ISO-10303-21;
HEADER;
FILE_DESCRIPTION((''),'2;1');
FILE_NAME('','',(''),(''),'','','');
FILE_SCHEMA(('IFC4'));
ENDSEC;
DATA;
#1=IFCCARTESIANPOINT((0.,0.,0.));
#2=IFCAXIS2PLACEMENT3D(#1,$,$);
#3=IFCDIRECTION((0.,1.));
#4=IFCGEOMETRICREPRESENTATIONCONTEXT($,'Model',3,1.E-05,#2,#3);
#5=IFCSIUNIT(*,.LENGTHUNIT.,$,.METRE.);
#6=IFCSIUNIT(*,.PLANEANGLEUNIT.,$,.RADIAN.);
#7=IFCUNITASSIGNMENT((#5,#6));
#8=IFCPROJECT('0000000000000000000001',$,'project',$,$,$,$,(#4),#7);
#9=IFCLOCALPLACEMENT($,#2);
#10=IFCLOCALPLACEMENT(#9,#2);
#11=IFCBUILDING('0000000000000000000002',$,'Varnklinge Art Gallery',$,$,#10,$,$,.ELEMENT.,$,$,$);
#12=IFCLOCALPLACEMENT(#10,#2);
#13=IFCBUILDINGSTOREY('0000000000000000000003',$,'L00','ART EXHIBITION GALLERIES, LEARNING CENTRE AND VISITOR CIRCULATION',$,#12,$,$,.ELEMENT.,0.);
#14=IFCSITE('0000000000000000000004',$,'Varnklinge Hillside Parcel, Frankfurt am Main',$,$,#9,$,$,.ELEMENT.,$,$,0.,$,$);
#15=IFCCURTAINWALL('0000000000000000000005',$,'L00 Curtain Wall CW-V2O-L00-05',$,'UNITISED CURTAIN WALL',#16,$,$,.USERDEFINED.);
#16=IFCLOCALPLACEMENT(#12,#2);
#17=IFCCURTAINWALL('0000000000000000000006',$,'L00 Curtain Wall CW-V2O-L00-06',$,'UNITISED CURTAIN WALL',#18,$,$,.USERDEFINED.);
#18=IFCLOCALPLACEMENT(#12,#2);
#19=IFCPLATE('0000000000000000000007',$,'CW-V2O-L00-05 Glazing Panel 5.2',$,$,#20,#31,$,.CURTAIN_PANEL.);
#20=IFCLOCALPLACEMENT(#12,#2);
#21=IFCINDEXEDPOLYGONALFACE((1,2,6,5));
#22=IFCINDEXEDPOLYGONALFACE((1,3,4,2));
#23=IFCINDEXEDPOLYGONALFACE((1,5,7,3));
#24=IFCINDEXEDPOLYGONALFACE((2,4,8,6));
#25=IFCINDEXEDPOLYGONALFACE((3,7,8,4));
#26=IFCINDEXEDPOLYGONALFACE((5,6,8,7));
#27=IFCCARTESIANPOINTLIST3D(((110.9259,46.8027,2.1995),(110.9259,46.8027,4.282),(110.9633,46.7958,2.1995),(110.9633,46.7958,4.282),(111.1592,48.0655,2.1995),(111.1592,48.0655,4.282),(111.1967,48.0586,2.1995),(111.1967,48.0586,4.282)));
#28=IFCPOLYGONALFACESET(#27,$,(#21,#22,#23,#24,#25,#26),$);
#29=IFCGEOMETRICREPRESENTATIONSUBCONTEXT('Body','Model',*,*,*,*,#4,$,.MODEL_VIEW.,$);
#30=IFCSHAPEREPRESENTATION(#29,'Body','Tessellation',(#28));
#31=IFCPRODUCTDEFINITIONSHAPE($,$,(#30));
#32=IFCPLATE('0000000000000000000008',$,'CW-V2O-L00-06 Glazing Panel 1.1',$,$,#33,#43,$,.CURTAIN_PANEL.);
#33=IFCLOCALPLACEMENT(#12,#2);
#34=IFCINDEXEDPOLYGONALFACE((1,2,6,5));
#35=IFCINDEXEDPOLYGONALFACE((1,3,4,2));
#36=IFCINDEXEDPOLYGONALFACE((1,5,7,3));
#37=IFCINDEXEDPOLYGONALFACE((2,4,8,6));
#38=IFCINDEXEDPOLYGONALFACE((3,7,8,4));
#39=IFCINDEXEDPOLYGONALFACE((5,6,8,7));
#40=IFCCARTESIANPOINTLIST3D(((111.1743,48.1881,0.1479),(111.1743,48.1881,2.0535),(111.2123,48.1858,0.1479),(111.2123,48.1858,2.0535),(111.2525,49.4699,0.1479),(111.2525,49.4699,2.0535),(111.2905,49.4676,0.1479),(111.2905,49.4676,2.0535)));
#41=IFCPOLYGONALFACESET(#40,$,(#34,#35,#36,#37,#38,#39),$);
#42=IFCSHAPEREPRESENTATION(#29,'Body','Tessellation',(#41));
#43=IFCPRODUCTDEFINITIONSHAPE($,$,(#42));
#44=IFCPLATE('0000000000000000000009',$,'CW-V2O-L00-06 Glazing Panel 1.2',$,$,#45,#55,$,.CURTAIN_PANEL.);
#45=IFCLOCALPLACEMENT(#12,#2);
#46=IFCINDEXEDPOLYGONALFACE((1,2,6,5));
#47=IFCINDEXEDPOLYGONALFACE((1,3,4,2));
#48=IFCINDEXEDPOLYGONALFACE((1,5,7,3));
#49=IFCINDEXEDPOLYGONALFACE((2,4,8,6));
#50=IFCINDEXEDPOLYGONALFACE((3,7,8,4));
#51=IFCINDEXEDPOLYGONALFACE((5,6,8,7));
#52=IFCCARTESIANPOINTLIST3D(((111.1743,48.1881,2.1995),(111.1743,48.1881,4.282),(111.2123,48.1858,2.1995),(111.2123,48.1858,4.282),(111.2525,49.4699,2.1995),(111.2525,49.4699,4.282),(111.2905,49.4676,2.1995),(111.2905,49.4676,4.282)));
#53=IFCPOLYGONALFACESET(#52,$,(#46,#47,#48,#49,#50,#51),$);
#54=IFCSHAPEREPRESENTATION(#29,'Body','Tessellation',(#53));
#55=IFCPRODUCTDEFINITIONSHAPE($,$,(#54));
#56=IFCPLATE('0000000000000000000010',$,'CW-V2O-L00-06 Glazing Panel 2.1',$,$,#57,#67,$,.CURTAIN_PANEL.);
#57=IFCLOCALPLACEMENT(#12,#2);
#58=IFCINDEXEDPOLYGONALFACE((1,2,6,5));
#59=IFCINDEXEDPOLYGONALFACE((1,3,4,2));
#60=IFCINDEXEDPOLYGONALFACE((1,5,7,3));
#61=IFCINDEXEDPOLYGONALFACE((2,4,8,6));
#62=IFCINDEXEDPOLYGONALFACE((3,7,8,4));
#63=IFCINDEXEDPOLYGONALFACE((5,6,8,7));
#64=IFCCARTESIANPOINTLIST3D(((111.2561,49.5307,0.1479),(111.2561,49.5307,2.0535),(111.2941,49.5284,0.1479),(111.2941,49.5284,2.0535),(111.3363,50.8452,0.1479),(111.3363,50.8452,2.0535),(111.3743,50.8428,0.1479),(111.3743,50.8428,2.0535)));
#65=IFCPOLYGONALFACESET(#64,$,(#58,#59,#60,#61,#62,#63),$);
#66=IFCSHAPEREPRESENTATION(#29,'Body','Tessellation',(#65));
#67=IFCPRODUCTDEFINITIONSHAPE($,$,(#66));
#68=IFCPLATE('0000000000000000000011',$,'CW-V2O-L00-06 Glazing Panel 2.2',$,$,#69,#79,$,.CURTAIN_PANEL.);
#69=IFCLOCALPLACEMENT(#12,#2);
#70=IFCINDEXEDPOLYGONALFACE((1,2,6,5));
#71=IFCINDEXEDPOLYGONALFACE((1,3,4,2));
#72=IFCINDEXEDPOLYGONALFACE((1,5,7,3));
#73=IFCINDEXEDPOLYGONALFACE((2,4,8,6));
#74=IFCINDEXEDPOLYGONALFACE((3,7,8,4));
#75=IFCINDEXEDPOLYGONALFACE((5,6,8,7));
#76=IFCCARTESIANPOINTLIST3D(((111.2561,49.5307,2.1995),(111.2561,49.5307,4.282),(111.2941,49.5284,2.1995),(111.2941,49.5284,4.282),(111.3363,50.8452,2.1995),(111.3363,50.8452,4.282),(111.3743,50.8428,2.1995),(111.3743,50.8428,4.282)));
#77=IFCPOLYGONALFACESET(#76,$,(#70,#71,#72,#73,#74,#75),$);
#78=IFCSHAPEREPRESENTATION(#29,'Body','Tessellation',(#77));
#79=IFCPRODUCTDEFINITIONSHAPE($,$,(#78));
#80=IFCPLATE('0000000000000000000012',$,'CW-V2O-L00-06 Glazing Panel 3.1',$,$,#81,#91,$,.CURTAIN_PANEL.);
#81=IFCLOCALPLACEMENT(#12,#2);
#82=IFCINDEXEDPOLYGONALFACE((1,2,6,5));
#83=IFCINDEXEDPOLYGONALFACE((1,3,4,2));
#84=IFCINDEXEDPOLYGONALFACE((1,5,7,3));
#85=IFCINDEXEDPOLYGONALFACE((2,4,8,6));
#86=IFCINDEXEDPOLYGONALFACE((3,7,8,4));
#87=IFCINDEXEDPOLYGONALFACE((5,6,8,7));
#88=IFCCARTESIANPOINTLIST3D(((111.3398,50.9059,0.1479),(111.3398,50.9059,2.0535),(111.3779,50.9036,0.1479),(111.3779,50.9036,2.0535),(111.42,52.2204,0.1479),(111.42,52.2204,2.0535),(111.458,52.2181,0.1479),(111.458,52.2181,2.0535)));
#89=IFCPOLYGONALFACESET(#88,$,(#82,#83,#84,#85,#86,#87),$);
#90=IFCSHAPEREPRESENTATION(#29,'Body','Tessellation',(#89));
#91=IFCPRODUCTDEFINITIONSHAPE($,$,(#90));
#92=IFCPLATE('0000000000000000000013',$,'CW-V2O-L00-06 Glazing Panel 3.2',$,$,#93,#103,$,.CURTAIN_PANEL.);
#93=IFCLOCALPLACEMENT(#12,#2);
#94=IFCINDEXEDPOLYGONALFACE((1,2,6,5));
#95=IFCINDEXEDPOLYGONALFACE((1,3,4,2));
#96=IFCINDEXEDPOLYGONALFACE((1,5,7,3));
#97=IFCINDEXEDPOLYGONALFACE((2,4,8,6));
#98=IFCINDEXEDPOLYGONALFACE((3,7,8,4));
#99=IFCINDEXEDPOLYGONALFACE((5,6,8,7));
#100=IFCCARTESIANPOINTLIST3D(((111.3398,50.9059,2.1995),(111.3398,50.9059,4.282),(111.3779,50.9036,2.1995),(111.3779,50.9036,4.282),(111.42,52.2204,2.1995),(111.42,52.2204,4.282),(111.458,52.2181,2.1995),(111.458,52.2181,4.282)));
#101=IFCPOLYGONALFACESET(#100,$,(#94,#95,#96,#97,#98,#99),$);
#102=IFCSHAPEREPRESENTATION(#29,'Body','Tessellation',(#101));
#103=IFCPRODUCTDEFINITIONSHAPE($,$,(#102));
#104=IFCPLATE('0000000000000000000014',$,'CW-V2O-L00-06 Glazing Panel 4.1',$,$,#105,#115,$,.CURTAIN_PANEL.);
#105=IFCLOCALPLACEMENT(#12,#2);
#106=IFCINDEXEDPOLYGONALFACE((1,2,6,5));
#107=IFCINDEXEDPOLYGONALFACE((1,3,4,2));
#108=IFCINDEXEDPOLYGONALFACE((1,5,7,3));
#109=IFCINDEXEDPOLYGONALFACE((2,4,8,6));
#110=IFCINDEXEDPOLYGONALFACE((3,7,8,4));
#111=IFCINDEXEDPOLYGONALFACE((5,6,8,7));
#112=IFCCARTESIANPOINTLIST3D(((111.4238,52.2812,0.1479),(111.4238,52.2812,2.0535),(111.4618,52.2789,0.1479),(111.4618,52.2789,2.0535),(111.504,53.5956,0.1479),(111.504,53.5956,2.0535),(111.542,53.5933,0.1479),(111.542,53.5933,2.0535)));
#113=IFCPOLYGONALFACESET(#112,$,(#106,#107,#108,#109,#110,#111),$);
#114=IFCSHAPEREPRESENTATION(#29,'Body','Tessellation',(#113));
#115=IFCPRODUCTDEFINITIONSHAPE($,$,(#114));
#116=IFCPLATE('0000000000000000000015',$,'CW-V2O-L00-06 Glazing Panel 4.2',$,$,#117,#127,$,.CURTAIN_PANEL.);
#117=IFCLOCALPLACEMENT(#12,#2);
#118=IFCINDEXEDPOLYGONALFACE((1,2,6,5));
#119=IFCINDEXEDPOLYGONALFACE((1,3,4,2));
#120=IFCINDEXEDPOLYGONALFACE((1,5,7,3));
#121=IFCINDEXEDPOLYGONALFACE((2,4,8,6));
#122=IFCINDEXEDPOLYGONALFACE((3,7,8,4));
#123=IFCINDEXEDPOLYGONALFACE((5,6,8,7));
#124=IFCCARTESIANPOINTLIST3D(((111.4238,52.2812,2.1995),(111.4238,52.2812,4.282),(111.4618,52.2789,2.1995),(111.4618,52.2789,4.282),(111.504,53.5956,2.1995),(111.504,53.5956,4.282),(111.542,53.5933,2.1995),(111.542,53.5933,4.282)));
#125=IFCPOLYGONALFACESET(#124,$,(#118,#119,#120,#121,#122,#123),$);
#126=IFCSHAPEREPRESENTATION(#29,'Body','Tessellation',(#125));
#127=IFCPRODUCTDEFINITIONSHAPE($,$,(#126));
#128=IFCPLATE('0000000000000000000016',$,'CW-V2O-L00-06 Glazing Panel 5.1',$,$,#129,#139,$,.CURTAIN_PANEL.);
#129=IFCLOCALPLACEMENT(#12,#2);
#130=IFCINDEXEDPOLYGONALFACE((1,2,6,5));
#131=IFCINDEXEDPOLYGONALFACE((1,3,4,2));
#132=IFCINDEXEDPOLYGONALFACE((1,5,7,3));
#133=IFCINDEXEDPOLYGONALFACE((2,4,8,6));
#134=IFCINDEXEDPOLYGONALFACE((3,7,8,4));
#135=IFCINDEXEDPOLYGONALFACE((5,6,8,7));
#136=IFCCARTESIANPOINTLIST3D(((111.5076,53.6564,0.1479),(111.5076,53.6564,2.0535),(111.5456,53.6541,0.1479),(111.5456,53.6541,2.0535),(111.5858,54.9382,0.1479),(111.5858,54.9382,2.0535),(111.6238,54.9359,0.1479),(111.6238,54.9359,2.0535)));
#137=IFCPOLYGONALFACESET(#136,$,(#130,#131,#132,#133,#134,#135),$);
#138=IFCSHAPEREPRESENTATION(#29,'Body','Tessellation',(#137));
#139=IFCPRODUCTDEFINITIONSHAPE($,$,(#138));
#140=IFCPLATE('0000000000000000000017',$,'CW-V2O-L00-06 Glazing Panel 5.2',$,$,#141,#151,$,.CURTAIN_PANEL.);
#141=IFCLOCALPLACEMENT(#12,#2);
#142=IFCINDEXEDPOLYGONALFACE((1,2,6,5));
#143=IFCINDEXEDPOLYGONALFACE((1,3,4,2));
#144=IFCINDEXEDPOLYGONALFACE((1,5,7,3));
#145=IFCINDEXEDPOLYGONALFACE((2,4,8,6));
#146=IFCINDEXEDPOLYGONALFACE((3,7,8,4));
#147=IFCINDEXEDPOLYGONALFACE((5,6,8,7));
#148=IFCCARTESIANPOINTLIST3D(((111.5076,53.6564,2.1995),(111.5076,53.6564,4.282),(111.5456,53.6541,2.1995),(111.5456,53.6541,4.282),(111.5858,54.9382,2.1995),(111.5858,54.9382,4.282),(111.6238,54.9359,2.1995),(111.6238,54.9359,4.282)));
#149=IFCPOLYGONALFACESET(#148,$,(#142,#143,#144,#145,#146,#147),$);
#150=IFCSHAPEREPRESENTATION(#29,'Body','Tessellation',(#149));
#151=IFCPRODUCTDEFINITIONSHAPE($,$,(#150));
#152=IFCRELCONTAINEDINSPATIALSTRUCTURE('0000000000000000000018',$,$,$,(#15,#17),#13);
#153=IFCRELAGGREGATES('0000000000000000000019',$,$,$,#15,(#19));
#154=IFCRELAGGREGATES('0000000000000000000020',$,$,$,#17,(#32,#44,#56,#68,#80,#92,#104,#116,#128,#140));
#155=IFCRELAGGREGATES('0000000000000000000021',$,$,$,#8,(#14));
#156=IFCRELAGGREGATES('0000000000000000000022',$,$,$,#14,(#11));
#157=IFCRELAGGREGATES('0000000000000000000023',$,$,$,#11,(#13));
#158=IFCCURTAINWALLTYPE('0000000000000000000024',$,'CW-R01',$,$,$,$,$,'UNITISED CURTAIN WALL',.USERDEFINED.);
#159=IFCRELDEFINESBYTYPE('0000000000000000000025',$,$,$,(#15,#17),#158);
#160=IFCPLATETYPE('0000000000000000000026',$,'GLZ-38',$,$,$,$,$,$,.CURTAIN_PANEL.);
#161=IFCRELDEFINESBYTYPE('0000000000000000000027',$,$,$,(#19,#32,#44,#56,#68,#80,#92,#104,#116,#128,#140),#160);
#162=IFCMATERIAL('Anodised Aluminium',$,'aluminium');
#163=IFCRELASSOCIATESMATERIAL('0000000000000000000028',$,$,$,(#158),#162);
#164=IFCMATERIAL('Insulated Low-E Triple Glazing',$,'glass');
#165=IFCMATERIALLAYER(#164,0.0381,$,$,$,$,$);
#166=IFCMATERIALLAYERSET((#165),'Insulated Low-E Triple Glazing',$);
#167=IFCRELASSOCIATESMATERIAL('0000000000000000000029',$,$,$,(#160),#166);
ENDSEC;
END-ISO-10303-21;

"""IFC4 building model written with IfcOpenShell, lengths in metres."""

from ifc_helpers import new_model, si_unit, direction, frame, origin, origin_2d, place, context, subcontext, project, spatial, rectangle, extrude, material, layer, layer_set, type_object, element, aggregate, save


model = new_model("IFC4")

# Units and contexts
model_context = context("Model", 3, precision=1e-05, world=origin(), true_north=direction((0.0, 1.0)))
body_context = subcontext(model_context, "Body", "Model", "MODEL_VIEW")
ifc_project = project(units=[si_unit("LENGTHUNIT", "METRE"), si_unit("PLANEANGLEUNIT", "RADIAN")], contexts=[model_context])

# Site, building, storey
site_placement = place(None, origin())
site = spatial("IfcSite", under=ifc_project, at=site_placement, Name="Varnklinge Hillside Parcel, Frankfurt am Main", CompositionType="ELEMENT", RefElevation=0.0)
building_placement = place(site_placement, origin())
building = spatial("IfcBuilding", under=site, at=building_placement, Name="Varnklinge Art Gallery", CompositionType="ELEMENT")
storey_placement = place(building_placement, origin())
storey = spatial("IfcBuildingStorey", under=building, at=storey_placement, Name="L00", Description="ART EXHIBITION GALLERIES, LEARNING CENTRE AND VISITOR CIRCULATION", CompositionType="ELEMENT", Elevation=0.0)

# Curtain wall
ifc_material_1 = material(Name="Anodised Aluminium", Category="aluminium")
curtain_wall_type = type_object("IfcCurtainWallType", Name="CW-R01", ElementType="UNITISED CURTAIN WALL", PredefinedType="USERDEFINED", material=ifc_material_1)
curtain_wall_1_placement = place(storey_placement, origin())
curtain_wall_1 = element("IfcCurtainWall", 1, at=curtain_wall_1_placement, inside=storey, type_object=curtain_wall_type, Name="L00 Curtain Wall CW-V2O-L00-05", ObjectType="UNITISED CURTAIN WALL", PredefinedType="USERDEFINED")

# Curtain wall
curtain_wall_2_placement = place(storey_placement, origin())
curtain_wall_2 = element("IfcCurtainWall", 2, at=curtain_wall_2_placement, inside=storey, type_object=curtain_wall_type, Name="L00 Curtain Wall CW-V2O-L00-06", ObjectType="UNITISED CURTAIN WALL", PredefinedType="USERDEFINED")

# Plates
ifc_material_2 = material(Name="Insulated Low-E Triple Glazing", Category="glass")
ifc_layer = layer(ifc_material_2, 0.0381)
ifc_layer_set = layer_set([ifc_layer], Name="Insulated Low-E Triple Glazing")
plate_type = type_object("IfcPlateType", Name="GLZ-38", PredefinedType="CURTAIN_PANEL", material=ifc_layer_set)
plate_1_placement = place(storey_placement, frame((111.0613, 47.4307, 2.1995), z_axis=(0.0, 0.0, 1.0), x_axis=(0.181721, 0.98335, 0.0)))
plate_1 = element("IfcPlate", 3, at=plate_1_placement, type_object=plate_type, Name="CW-V2O-L00-05 Glazing Panel 5.2", PredefinedType="CURTAIN_PANEL", context=body_context, shape_type="SweptSolid", body=[
    extrude(rectangle(XDim=1.2842, YDim=0.0381, at=origin_2d()), origin(), (0.0, 0.0, 1.0), 2.0825),
])
aggregate(curtain_wall_1, [plate_1])
plate_2_placement = place(storey_placement, frame((111.2324, 48.8279, 0.1479), z_axis=(0.0, 0.0, 1.0), x_axis=(0.060874, 0.998145, 0.0)))
plate_2 = element("IfcPlate", 4, at=plate_2_placement, type_object=plate_type, Name="CW-V2O-L00-06 Glazing Panel 1.1", PredefinedType="CURTAIN_PANEL", context=body_context, shape_type="SweptSolid", body=[
    extrude(rectangle(XDim=1.2842, YDim=0.0381, at=origin_2d()), origin(), (0.0, 0.0, 1.0), 1.9055),
])
plate_3_placement = place(storey_placement, frame((111.2324, 48.8279, 2.1995), z_axis=(0.0, 0.0, 1.0), x_axis=(0.060874, 0.998145, 0.0)))
plate_3 = element("IfcPlate", 5, at=plate_3_placement, type_object=plate_type, Name="CW-V2O-L00-06 Glazing Panel 1.2", PredefinedType="CURTAIN_PANEL", context=body_context, shape_type="SweptSolid", body=[
    extrude(rectangle(XDim=1.2842, YDim=0.0381, at=origin_2d()), origin(), (0.0, 0.0, 1.0), 2.0825),
])
plate_4_placement = place(storey_placement, frame((111.3152, 50.1868, 0.1479), z_axis=(0.0, 0.0, 1.0), x_axis=(0.060874, 0.998145, 0.0)))
plate_4 = element("IfcPlate", 6, at=plate_4_placement, type_object=plate_type, Name="CW-V2O-L00-06 Glazing Panel 2.1", PredefinedType="CURTAIN_PANEL", context=body_context, shape_type="SweptSolid", body=[
    extrude(rectangle(XDim=1.3169, YDim=0.0381, at=origin_2d()), origin(), (0.0, 0.0, 1.0), 1.9055),
])
plate_5_placement = place(storey_placement, frame((111.3152, 50.1868, 2.1995), z_axis=(0.0, 0.0, 1.0), x_axis=(0.060874, 0.998145, 0.0)))
plate_5 = element("IfcPlate", 7, at=plate_5_placement, type_object=plate_type, Name="CW-V2O-L00-06 Glazing Panel 2.2", PredefinedType="CURTAIN_PANEL", context=body_context, shape_type="SweptSolid", body=[
    extrude(rectangle(XDim=1.3169, YDim=0.0381, at=origin_2d()), origin(), (0.0, 0.0, 1.0), 2.0825),
])
plate_6_placement = place(storey_placement, frame((111.3989, 51.562, 0.1479), z_axis=(0.0, 0.0, 1.0), x_axis=(0.060874, 0.998145, 0.0)))
plate_6 = element("IfcPlate", 8, at=plate_6_placement, type_object=plate_type, Name="CW-V2O-L00-06 Glazing Panel 3.1", PredefinedType="CURTAIN_PANEL", context=body_context, shape_type="SweptSolid", body=[
    extrude(rectangle(XDim=1.3169, YDim=0.0381, at=origin_2d()), origin(), (0.0, 0.0, 1.0), 1.9055),
])
plate_7_placement = place(storey_placement, frame((111.3989, 51.562, 2.1995), z_axis=(0.0, 0.0, 1.0), x_axis=(0.060874, 0.998145, 0.0)))
plate_7 = element("IfcPlate", 9, at=plate_7_placement, type_object=plate_type, Name="CW-V2O-L00-06 Glazing Panel 3.2", PredefinedType="CURTAIN_PANEL", context=body_context, shape_type="SweptSolid", body=[
    extrude(rectangle(XDim=1.3169, YDim=0.0381, at=origin_2d()), origin(), (0.0, 0.0, 1.0), 2.0825),
])
plate_8_placement = place(storey_placement, frame((111.4829, 52.9373, 0.1479), z_axis=(0.0, 0.0, 1.0), x_axis=(0.060874, 0.998145, 0.0)))
plate_8 = element("IfcPlate", 10, at=plate_8_placement, type_object=plate_type, Name="CW-V2O-L00-06 Glazing Panel 4.1", PredefinedType="CURTAIN_PANEL", context=body_context, shape_type="SweptSolid", body=[
    extrude(rectangle(XDim=1.3169, YDim=0.0381, at=origin_2d()), origin(), (0.0, 0.0, 1.0), 1.9055),
])
plate_9_placement = place(storey_placement, frame((111.4829, 52.9373, 2.1995), z_axis=(0.0, 0.0, 1.0), x_axis=(0.060874, 0.998145, 0.0)))
plate_9 = element("IfcPlate", 11, at=plate_9_placement, type_object=plate_type, Name="CW-V2O-L00-06 Glazing Panel 4.2", PredefinedType="CURTAIN_PANEL", context=body_context, shape_type="SweptSolid", body=[
    extrude(rectangle(XDim=1.3169, YDim=0.0381, at=origin_2d()), origin(), (0.0, 0.0, 1.0), 2.0825),
])
plate_10_placement = place(storey_placement, frame((111.5657, 54.2961, 0.1479), z_axis=(0.0, 0.0, 1.0), x_axis=(0.060874, 0.998145, 0.0)))
plate_10 = element("IfcPlate", 12, at=plate_10_placement, type_object=plate_type, Name="CW-V2O-L00-06 Glazing Panel 5.1", PredefinedType="CURTAIN_PANEL", context=body_context, shape_type="SweptSolid", body=[
    extrude(rectangle(XDim=1.2842, YDim=0.0381, at=origin_2d()), origin(), (0.0, 0.0, 1.0), 1.9055),
])
plate_11_placement = place(storey_placement, frame((111.5657, 54.2961, 2.1995), z_axis=(0.0, 0.0, 1.0), x_axis=(0.060874, 0.998145, 0.0)))
plate_11 = element("IfcPlate", 13, at=plate_11_placement, type_object=plate_type, Name="CW-V2O-L00-06 Glazing Panel 5.2", PredefinedType="CURTAIN_PANEL", context=body_context, shape_type="SweptSolid", body=[
    extrude(rectangle(XDim=1.2842, YDim=0.0381, at=origin_2d()), origin(), (0.0, 0.0, 1.0), 2.0825),
])
aggregate(curtain_wall_2, [plate_2, plate_3, plate_4, plate_5, plate_6, plate_7, plate_8, plate_9, plate_10, plate_11])

save(model, "model.ifc")
